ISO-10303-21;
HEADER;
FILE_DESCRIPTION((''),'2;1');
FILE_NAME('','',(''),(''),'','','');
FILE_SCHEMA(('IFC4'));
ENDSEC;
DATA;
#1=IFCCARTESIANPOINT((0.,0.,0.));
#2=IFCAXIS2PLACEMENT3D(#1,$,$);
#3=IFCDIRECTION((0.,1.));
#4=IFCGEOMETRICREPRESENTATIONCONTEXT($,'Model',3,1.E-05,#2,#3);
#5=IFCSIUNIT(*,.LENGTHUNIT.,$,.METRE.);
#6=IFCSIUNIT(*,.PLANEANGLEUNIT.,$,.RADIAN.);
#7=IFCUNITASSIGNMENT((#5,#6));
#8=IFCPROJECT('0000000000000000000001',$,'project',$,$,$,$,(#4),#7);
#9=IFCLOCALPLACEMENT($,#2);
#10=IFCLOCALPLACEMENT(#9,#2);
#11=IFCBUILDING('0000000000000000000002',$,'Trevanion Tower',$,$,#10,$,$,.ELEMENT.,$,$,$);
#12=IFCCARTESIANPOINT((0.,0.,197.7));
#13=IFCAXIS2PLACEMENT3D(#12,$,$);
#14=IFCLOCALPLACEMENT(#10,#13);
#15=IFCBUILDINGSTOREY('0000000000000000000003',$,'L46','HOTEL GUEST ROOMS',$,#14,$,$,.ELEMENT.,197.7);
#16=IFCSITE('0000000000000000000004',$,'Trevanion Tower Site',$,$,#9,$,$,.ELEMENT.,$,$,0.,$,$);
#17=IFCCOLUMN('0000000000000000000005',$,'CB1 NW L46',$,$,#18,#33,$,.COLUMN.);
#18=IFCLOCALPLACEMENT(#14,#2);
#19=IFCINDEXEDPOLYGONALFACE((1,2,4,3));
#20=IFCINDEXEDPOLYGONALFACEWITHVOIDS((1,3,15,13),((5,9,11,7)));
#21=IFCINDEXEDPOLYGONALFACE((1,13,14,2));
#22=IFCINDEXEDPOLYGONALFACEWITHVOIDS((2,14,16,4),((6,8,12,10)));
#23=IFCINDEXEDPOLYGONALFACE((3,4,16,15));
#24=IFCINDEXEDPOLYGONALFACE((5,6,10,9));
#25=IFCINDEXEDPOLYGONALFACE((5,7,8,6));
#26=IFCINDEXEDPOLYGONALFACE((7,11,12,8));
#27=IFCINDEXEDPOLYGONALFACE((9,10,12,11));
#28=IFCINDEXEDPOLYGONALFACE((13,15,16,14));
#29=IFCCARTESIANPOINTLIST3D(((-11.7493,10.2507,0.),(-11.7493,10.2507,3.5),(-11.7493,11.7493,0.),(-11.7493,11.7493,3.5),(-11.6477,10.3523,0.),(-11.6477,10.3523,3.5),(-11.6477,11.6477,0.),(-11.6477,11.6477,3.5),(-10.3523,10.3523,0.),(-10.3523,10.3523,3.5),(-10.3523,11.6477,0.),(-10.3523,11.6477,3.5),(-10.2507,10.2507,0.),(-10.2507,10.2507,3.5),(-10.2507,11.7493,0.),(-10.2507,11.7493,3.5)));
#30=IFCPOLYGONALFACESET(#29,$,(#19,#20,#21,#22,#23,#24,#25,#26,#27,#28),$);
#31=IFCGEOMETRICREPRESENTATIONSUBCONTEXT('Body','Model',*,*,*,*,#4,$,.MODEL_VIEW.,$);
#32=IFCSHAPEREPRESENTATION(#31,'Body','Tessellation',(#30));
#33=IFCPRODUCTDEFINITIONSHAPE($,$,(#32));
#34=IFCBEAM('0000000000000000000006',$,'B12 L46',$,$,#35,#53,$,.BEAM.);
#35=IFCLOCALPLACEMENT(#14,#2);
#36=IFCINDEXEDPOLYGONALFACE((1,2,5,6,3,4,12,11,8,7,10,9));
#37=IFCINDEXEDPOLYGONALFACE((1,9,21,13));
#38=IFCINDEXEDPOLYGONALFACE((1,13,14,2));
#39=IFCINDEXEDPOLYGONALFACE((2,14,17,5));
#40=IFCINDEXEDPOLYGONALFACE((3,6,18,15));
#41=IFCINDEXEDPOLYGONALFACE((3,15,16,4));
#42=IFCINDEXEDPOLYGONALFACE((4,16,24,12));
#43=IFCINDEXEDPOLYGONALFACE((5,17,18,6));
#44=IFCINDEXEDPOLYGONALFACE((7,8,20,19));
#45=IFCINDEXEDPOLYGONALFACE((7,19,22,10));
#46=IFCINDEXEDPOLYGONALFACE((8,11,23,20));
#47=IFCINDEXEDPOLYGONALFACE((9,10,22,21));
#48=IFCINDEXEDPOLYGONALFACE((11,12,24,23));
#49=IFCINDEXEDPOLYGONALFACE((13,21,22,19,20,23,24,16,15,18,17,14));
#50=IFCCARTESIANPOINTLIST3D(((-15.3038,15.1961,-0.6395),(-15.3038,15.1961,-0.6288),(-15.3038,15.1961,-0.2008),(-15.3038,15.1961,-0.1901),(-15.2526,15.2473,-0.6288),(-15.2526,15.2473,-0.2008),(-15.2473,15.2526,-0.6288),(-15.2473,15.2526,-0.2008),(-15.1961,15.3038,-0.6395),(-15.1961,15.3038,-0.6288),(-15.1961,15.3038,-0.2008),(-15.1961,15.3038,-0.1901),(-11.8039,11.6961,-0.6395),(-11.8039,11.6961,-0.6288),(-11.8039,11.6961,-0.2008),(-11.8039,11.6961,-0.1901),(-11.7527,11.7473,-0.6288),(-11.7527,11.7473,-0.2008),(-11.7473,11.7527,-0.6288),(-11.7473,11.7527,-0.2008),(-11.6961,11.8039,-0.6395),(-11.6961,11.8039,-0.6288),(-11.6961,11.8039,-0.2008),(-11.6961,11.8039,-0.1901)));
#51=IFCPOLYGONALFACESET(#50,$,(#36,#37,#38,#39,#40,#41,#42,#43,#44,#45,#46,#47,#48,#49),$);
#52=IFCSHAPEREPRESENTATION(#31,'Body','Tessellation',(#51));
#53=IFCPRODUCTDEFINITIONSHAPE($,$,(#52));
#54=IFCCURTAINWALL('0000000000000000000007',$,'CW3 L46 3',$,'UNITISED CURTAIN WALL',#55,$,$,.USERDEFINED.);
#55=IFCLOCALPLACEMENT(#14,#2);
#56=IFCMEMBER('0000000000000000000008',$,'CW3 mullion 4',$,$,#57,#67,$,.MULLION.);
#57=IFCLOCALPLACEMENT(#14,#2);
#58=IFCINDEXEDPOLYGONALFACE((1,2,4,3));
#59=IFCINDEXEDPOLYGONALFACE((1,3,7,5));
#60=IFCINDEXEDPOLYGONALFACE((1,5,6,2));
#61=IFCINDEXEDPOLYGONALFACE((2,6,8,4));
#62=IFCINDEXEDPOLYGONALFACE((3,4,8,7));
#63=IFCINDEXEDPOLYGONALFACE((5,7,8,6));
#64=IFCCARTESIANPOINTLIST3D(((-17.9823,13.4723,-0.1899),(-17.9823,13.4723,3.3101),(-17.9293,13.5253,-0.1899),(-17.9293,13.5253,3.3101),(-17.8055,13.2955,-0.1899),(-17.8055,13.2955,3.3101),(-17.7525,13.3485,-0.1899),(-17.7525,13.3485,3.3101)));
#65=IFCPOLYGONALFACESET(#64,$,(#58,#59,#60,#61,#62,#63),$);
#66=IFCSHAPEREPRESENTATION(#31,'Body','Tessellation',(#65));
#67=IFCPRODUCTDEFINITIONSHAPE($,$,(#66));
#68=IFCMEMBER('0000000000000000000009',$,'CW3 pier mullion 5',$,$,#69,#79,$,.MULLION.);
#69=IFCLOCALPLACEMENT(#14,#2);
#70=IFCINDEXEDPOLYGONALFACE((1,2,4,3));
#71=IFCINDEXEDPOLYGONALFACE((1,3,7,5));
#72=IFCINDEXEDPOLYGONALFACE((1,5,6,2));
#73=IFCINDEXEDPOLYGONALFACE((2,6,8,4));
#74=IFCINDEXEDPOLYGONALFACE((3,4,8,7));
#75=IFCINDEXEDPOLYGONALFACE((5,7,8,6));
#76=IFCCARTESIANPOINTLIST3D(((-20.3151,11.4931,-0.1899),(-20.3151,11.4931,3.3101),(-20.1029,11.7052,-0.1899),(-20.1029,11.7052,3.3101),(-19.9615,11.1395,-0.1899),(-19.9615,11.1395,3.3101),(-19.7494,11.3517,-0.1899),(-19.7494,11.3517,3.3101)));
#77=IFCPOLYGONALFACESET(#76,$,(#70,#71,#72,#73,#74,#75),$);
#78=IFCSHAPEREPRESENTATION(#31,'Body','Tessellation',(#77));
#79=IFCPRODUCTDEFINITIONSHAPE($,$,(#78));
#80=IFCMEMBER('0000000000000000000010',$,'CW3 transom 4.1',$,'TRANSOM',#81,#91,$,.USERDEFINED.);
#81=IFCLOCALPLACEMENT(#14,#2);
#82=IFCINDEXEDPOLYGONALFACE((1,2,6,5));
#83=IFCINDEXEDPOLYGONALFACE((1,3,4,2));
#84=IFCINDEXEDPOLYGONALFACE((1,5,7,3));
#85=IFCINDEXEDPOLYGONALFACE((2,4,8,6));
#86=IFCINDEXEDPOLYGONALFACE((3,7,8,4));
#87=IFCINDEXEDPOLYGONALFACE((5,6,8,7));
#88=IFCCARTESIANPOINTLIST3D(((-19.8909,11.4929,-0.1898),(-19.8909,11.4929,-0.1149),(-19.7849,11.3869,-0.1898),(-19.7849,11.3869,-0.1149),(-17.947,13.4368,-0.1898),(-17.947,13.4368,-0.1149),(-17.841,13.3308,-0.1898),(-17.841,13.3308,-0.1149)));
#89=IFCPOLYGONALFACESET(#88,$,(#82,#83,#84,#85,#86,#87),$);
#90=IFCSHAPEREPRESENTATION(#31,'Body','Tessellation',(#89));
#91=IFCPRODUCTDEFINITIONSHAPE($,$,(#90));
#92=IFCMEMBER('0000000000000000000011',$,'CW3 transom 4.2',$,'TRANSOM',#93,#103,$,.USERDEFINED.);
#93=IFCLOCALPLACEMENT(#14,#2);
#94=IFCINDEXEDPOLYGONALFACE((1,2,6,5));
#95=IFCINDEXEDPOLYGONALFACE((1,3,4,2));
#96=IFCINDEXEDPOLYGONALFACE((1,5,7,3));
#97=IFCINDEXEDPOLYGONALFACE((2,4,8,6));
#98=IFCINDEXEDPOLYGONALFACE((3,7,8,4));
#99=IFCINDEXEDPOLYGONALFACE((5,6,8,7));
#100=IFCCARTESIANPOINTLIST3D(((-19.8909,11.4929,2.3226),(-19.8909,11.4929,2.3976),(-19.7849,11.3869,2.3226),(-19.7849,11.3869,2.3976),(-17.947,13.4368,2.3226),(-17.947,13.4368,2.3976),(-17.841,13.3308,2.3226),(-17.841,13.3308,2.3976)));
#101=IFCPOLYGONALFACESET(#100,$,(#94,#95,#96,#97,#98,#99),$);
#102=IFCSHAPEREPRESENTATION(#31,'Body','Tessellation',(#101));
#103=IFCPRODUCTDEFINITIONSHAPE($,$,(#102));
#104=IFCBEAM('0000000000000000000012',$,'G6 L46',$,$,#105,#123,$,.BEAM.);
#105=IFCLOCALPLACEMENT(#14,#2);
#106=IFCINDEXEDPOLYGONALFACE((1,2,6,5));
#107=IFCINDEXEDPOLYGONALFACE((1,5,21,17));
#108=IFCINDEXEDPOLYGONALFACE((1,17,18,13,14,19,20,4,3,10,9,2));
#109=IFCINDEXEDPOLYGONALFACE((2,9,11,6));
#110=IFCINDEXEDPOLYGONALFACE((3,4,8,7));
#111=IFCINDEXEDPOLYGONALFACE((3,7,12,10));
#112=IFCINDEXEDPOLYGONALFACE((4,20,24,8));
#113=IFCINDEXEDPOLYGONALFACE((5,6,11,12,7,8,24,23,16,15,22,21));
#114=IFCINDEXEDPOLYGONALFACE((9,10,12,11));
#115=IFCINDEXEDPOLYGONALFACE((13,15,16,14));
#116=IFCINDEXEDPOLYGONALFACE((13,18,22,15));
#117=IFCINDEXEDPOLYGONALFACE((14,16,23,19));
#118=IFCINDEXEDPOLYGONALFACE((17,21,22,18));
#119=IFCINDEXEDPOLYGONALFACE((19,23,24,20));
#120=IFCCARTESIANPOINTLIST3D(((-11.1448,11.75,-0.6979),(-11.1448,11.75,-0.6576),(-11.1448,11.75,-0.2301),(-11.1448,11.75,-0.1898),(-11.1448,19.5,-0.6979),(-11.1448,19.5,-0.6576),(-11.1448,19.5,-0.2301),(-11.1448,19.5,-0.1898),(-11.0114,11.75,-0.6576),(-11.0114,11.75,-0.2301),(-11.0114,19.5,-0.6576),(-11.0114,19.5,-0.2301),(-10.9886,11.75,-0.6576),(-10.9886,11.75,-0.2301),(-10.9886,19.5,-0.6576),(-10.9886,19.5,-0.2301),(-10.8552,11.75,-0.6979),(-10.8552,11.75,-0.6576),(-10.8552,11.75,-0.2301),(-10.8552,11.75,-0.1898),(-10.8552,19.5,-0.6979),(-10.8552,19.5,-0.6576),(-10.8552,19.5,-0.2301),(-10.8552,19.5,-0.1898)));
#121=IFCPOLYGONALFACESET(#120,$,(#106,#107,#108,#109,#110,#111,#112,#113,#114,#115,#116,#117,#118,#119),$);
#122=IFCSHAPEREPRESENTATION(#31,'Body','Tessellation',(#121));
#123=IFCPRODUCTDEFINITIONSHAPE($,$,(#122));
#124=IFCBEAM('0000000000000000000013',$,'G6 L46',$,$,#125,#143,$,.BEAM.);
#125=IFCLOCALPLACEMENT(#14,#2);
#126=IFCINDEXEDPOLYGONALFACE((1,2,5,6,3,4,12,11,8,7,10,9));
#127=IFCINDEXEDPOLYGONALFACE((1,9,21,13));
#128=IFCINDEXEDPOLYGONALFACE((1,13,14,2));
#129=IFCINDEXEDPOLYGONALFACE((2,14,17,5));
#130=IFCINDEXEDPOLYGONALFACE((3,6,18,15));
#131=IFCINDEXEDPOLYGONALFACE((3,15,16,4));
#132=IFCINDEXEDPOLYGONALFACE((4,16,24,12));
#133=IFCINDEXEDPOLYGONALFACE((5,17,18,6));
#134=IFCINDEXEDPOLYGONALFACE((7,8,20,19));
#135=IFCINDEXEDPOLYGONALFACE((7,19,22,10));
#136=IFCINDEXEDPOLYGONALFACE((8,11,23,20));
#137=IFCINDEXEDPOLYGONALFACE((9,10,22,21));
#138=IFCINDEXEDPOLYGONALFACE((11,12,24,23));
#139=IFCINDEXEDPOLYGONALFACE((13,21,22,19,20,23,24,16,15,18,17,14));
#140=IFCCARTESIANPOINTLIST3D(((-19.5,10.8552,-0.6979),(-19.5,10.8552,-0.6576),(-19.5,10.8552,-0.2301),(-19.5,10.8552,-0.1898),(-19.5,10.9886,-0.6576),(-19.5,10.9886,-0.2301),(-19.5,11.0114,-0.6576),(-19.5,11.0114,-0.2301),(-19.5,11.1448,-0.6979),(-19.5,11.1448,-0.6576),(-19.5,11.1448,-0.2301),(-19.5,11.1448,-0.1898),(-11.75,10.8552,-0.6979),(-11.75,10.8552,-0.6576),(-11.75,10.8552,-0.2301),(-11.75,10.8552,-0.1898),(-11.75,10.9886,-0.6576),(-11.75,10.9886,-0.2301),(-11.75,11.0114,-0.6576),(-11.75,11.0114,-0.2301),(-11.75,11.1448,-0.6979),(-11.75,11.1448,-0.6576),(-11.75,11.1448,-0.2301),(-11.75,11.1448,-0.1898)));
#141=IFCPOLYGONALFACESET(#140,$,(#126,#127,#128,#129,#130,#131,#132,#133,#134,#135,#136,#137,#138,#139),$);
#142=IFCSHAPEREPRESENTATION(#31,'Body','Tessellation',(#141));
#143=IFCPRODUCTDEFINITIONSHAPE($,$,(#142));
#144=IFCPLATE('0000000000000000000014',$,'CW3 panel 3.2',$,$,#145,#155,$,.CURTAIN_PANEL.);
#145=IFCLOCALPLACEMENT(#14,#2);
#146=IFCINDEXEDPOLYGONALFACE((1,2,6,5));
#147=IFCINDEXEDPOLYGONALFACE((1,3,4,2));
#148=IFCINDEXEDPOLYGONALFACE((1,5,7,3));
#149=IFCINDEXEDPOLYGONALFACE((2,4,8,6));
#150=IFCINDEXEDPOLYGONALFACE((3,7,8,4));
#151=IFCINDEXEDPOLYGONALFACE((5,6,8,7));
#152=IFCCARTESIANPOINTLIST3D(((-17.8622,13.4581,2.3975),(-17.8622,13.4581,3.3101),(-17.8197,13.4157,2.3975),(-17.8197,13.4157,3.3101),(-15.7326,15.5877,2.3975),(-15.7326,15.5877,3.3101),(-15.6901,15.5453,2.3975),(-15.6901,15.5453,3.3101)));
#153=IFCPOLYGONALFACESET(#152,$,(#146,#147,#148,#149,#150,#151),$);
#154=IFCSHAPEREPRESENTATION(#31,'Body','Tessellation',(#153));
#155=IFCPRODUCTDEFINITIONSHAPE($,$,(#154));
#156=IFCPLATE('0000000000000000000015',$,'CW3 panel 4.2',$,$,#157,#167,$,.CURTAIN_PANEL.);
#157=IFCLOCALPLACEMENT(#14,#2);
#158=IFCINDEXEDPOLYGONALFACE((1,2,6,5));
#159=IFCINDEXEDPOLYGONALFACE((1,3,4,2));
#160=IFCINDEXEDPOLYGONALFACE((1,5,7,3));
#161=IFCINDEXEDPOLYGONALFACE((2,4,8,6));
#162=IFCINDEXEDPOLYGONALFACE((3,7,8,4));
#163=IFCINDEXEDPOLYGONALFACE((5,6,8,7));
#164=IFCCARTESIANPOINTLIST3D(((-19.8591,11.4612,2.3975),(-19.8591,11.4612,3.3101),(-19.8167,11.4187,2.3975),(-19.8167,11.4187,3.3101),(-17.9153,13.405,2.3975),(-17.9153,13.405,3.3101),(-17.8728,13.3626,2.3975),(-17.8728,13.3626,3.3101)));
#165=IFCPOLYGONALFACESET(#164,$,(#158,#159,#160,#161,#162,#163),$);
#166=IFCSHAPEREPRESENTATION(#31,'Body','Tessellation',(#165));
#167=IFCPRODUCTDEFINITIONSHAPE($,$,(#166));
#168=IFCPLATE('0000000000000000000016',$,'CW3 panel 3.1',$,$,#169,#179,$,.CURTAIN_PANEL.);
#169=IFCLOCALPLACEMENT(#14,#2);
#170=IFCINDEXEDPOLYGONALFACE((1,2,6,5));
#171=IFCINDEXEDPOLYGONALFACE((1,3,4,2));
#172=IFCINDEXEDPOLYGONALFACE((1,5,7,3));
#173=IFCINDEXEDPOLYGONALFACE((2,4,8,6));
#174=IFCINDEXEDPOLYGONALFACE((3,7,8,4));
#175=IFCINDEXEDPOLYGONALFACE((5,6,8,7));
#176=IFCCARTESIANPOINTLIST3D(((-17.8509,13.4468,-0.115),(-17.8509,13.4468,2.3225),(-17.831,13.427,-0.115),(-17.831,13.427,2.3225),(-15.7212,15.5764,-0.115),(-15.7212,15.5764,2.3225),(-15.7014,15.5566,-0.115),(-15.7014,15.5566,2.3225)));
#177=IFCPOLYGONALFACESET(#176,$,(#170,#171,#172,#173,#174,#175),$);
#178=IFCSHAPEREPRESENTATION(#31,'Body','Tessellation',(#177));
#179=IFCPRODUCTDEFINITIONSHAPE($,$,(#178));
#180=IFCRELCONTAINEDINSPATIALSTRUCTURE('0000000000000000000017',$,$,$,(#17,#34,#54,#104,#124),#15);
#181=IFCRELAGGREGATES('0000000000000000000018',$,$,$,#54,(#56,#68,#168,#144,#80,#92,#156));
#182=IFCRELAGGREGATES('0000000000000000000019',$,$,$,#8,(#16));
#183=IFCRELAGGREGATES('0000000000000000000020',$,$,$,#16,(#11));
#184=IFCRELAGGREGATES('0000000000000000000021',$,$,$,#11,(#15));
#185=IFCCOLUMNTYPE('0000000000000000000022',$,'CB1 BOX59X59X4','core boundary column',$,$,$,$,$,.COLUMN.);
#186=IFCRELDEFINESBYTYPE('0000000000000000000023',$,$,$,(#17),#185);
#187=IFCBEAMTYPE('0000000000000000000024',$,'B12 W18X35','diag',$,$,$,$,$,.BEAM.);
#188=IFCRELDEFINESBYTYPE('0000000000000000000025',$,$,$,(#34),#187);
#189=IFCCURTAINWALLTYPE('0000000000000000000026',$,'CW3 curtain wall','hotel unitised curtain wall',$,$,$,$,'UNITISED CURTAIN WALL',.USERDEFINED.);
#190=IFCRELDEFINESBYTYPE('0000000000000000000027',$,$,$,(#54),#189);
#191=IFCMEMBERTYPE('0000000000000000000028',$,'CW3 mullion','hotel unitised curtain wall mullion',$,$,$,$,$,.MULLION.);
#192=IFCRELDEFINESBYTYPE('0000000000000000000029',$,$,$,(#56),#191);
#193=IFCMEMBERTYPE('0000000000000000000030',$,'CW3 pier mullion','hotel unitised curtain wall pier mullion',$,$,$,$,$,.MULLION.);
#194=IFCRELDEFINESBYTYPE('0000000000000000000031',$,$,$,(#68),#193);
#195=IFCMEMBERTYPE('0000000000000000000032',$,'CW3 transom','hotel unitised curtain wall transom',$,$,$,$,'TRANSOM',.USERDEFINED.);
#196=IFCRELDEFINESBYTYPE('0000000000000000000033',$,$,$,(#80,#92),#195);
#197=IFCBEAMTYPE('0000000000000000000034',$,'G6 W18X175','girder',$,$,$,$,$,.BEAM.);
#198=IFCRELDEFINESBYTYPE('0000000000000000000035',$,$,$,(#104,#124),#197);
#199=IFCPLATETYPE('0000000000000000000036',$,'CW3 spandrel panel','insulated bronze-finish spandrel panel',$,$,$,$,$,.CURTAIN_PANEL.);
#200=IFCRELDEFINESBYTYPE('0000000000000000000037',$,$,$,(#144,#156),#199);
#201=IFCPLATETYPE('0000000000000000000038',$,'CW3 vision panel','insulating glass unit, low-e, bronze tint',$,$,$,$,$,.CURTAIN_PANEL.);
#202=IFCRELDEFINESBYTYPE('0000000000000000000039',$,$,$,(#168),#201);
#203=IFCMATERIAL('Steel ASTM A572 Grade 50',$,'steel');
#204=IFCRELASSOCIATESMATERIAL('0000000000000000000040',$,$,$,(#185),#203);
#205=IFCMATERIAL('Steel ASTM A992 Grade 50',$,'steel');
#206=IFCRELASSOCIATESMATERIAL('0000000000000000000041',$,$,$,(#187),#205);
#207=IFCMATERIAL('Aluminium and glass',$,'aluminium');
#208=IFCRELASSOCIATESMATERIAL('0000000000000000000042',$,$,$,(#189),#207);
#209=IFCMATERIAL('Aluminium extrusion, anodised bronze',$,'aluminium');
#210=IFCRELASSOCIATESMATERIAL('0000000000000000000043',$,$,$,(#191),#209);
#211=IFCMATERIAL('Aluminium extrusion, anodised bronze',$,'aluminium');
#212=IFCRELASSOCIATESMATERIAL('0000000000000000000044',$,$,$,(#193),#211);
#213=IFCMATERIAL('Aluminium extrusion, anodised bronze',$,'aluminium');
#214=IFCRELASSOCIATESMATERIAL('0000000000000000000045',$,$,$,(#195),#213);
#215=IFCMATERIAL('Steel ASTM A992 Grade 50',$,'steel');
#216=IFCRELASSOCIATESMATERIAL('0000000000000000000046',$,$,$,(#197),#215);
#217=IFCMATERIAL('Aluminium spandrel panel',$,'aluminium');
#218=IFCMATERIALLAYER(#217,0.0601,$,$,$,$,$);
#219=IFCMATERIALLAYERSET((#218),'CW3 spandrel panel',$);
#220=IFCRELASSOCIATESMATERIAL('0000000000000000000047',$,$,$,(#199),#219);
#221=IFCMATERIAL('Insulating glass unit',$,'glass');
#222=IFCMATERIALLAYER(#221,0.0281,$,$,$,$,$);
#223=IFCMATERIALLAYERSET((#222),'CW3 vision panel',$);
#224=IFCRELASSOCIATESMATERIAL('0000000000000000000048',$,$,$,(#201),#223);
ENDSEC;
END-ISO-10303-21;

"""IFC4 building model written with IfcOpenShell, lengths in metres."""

from ifc_helpers import new_model, si_unit, direction, frame, origin, origin_2d, place, context, subcontext, project, spatial, rectangle, hollow_rectangle, i_section, extrude, material, layer, layer_set, material_profile, profile_set, type_object, element, aggregate, save


model = new_model("IFC4")

# Units and contexts
model_context = context("Model", 3, precision=1e-05, world=origin(), true_north=direction((0.0, 1.0)))
body_context = subcontext(model_context, "Body", "Model", "MODEL_VIEW")
ifc_project = project(units=[si_unit("LENGTHUNIT", "METRE"), si_unit("PLANEANGLEUNIT", "RADIAN")], contexts=[model_context])

# Site, building, storey
site_placement = place(None, origin())
site = spatial("IfcSite", under=ifc_project, at=site_placement, Name="Trevanion Tower Site", CompositionType="ELEMENT", RefElevation=0.0)
building_placement = place(site_placement, origin())
building = spatial("IfcBuilding", under=site, at=building_placement, Name="Trevanion Tower", CompositionType="ELEMENT")
storey_placement = place(building_placement, frame((0.0, 0.0, 197.7)))
storey = spatial("IfcBuildingStorey", under=building, at=storey_placement, Name="L46", Description="HOTEL GUEST ROOMS", CompositionType="ELEMENT", Elevation=197.7)

# Column
ifc_material_1 = material(Name="Steel ASTM A572 Grade 50", Category="steel")
ifc_material_profile_1 = material_profile(ifc_material_1, hollow_rectangle(XDim=1.4985, YDim=1.4985, WallThickness=0.1016, at=origin_2d()), Name="BOX59X59X4")
ifc_profile_set_1 = profile_set([ifc_material_profile_1], Name="Steel ASTM A572 Grade 50")
column_type = type_object("IfcColumnType", Name="CB1 BOX59X59X4", Description="core boundary column", PredefinedType="COLUMN", material=ifc_profile_set_1)
column_placement = place(storey_placement, frame((-11.0, 11.0, 0.0), z_axis=(0.0, 0.0, 1.0), x_axis=(1.0, 0.0, 0.0)))
element("IfcColumn", 1, at=column_placement, inside=storey, type_object=column_type, Name="CB1 NW L46", PredefinedType="COLUMN", context=body_context, shape_type="SweptSolid", body=[
    extrude(hollow_rectangle(XDim=1.4985, YDim=1.4985, WallThickness=0.1016, at=origin_2d()), origin(), (0.0, 0.0, 1.0), 3.5),
])

# Beam
ifc_material_2 = material(Name="Steel ASTM A992 Grade 50", Category="steel")
ifc_material_profile_2 = material_profile(ifc_material_2, i_section(OverallWidth=0.1523, OverallDepth=0.4495, WebThickness=0.0076, FlangeThickness=0.0107, at=origin_2d()), Name="W18X35")
ifc_profile_set_2 = profile_set([ifc_material_profile_2], Name="Steel ASTM A992 Grade 50")
beam_type_1 = type_object("IfcBeamType", Name="B12 W18X35", Description="diag", PredefinedType="BEAM", material=ifc_profile_set_2)
beam_placement = place(storey_placement, frame((-11.75, 11.75, -0.4148), z_axis=(-0.707107, 0.707107, 0.0), x_axis=(-0.707107, -0.707107, 0.0)))
element("IfcBeam", 2, at=beam_placement, inside=storey, type_object=beam_type_1, Name="B12 L46", PredefinedType="BEAM", context=body_context, shape_type="SweptSolid", body=[
    extrude(i_section(OverallWidth=0.1523, OverallDepth=0.4495, WebThickness=0.0076, FlangeThickness=0.0107, at=origin_2d()), origin(), (0.0, 0.0, 1.0), 4.9497),
])

# Curtain wall, members
ifc_material_3 = material(Name="Aluminium and glass", Category="aluminium")
curtain_wall_type = type_object("IfcCurtainWallType", Name="CW3 curtain wall", Description="hotel unitised curtain wall", ElementType="UNITISED CURTAIN WALL", PredefinedType="USERDEFINED", material=ifc_material_3)
curtain_wall_placement = place(storey_placement, origin())
curtain_wall = element("IfcCurtainWall", 3, at=curtain_wall_placement, inside=storey, type_object=curtain_wall_type, Name="CW3 L46 3", ObjectType="UNITISED CURTAIN WALL", PredefinedType="USERDEFINED")
ifc_material_4 = material(Name="Aluminium extrusion, anodised bronze", Category="aluminium")
ifc_material_profile_3 = material_profile(ifc_material_4, rectangle(XDim=0.075, YDim=0.25, at=origin_2d()), Name="CW3 mullion")
ifc_profile_set_3 = profile_set([ifc_material_profile_3], Name="Aluminium extrusion, anodised bronze")
member_type_1 = type_object("IfcMemberType", Name="CW3 mullion", Description="hotel unitised curtain wall mullion", PredefinedType="MULLION", material=ifc_profile_set_3)
member_1_placement = place(storey_placement, frame((-17.8674, 13.4104, -0.1899), z_axis=(0.0, 0.0, 1.0), x_axis=(-0.707107, -0.707107, 0.0)))
member_1 = element("IfcMember", 4, at=member_1_placement, type_object=member_type_1, Name="CW3 mullion 4", PredefinedType="MULLION", context=body_context, shape_type="SweptSolid", body=[
    extrude(rectangle(XDim=0.075, YDim=0.25, at=origin_2d()), origin(), (0.0, 0.0, 1.0), 3.5),
])
ifc_material_5 = material(Name="Aluminium extrusion, anodised bronze", Category="aluminium")
ifc_material_profile_4 = material_profile(ifc_material_5, rectangle(XDim=0.3, YDim=0.5, at=origin_2d()), Name="CW3 pier mullion")
ifc_profile_set_4 = profile_set([ifc_material_profile_4], Name="Aluminium extrusion, anodised bronze")
member_type_2 = type_object("IfcMemberType", Name="CW3 pier mullion", Description="hotel unitised curtain wall pier mullion", PredefinedType="MULLION", material=ifc_profile_set_4)
member_2_placement = place(storey_placement, frame((-20.0322, 11.4224, -0.1899), z_axis=(0.0, 0.0, 1.0), x_axis=(-0.707107, -0.707107, 0.0)))
member_2 = element("IfcMember", 5, at=member_2_placement, type_object=member_type_2, Name="CW3 pier mullion 5", PredefinedType="MULLION", context=body_context, shape_type="SweptSolid", body=[
    extrude(rectangle(XDim=0.3, YDim=0.5, at=origin_2d()), origin(), (0.0, 0.0, 1.0), 3.5),
])
ifc_material_6 = material(Name="Aluminium extrusion, anodised bronze", Category="aluminium")
ifc_material_profile_5 = material_profile(ifc_material_6, rectangle(XDim=0.1499, YDim=0.075, at=origin_2d()), Name="CW3 transom")
ifc_profile_set_5 = profile_set([ifc_material_profile_5], Name="Aluminium extrusion, anodised bronze")
member_type_3 = type_object("IfcMemberType", Name="CW3 transom", Description="hotel unitised curtain wall transom", ElementType="TRANSOM", PredefinedType="USERDEFINED", material=ifc_profile_set_5)
member_3_placement = place(storey_placement, frame((-17.894, 13.3838, -0.1523), z_axis=(-0.707107, -0.707107, 0.0), x_axis=(0.707107, -0.707107, 0.0)))
member_3 = element("IfcMember", 6, at=member_3_placement, type_object=member_type_3, Name="CW3 transom 4.1", ObjectType="TRANSOM", PredefinedType="USERDEFINED", context=body_context, shape_type="SweptSolid", body=[
    extrude(rectangle(XDim=0.1499, YDim=0.075, at=origin_2d()), origin(), (0.0, 0.0, 1.0), 2.749),
])
member_4_placement = place(storey_placement, frame((-17.894, 13.3838, 2.3601), z_axis=(-0.707107, -0.707107, 0.0), x_axis=(0.707107, -0.707107, 0.0)))
member_4 = element("IfcMember", 7, at=member_4_placement, type_object=member_type_3, Name="CW3 transom 4.2", ObjectType="TRANSOM", PredefinedType="USERDEFINED", context=body_context, shape_type="SweptSolid", body=[
    extrude(rectangle(XDim=0.1499, YDim=0.075, at=origin_2d()), origin(), (0.0, 0.0, 1.0), 2.749),
])

# Beams
ifc_material_7 = material(Name="Steel ASTM A992 Grade 50", Category="steel")
ifc_material_profile_6 = material_profile(ifc_material_7, i_section(OverallWidth=0.2896, OverallDepth=0.5081, WebThickness=0.0227, FlangeThickness=0.0403, at=origin_2d()), Name="W18X175")
ifc_profile_set_6 = profile_set([ifc_material_profile_6], Name="Steel ASTM A992 Grade 50")
beam_type_2 = type_object("IfcBeamType", Name="G6 W18X175", Description="girder", PredefinedType="BEAM", material=ifc_profile_set_6)
for number, where, z_axis, x_axis, name in (
    (8, (-11.0, 11.75, -0.4438), (0.0, 1.0, 0.0), (-1.0, 0.0, 0.0), "G6 L46"),
    (9, (-11.75, 11.0, -0.4438), (-1.0, 0.0, 0.0), (0.0, -1.0, 0.0), "G6 L46"),
):
    element("IfcBeam", number, at=place(storey_placement, frame(where, z_axis=z_axis, x_axis=x_axis)), inside=storey, type_object=beam_type_2, Name=name, PredefinedType="BEAM", context=body_context, shape_type="SweptSolid", body=[
        extrude(i_section(OverallWidth=0.2896, OverallDepth=0.5081, WebThickness=0.0227, FlangeThickness=0.0403, at=origin_2d()), origin(), (0.0, 0.0, 1.0), 7.75),
    ])

# Plates
ifc_material_8 = material(Name="Aluminium spandrel panel", Category="aluminium")
ifc_layer_1 = layer(ifc_material_8, 0.0601)
ifc_layer_set_1 = layer_set([ifc_layer_1], Name="CW3 spandrel panel")
plate_type_1 = type_object("IfcPlateType", Name="CW3 spandrel panel", Description="insulated bronze-finish spandrel panel", PredefinedType="CURTAIN_PANEL", material=ifc_layer_set_1)
plate_1_placement = place(storey_placement, frame((-16.7761, 14.5017, 2.3975), z_axis=(0.0, 0.0, 1.0), x_axis=(-0.707107, -0.707107, 0.0)))
plate_1 = element("IfcPlate", 10, at=plate_1_placement, type_object=plate_type_1, Name="CW3 panel 3.2", PredefinedType="CURTAIN_PANEL", context=body_context, shape_type="SweptSolid", body=[
    extrude(rectangle(XDim=3.0117, YDim=0.0601, at=origin_2d()), origin(), (0.0, 0.0, 1.0), 0.9126),
])
plate_2_placement = place(storey_placement, frame((-18.866, 12.4119, 2.3975), z_axis=(0.0, 0.0, 1.0), x_axis=(-0.707107, -0.707107, 0.0)))
plate_2 = element("IfcPlate", 11, at=plate_2_placement, type_object=plate_type_1, Name="CW3 panel 4.2", PredefinedType="CURTAIN_PANEL", context=body_context, shape_type="SweptSolid", body=[
    extrude(rectangle(XDim=2.749, YDim=0.0601, at=origin_2d()), origin(), (0.0, 0.0, 1.0), 0.9126),
])
ifc_material_9 = material(Name="Insulating glass unit", Category="glass")
ifc_layer_2 = layer(ifc_material_9, 0.0281)
ifc_layer_set_2 = layer_set([ifc_layer_2], Name="CW3 vision panel")
plate_type_2 = type_object("IfcPlateType", Name="CW3 vision panel", Description="insulating glass unit, low-e, bronze tint", PredefinedType="CURTAIN_PANEL", material=ifc_layer_set_2)
plate_3_placement = place(storey_placement, frame((-16.7761, 14.5017, -0.115), z_axis=(0.0, 0.0, 1.0), x_axis=(-0.707107, -0.707107, 0.0)))
plate_3 = element("IfcPlate", 12, at=plate_3_placement, type_object=plate_type_2, Name="CW3 panel 3.1", PredefinedType="CURTAIN_PANEL", context=body_context, shape_type="SweptSolid", body=[
    extrude(rectangle(XDim=3.0117, YDim=0.0281, at=origin_2d()), origin(), (0.0, 0.0, 1.0), 2.4375),
])
aggregate(curtain_wall, [member_1, member_2, plate_3, plate_1, member_3, member_4, plate_2])

save(model, "model.ifc")
